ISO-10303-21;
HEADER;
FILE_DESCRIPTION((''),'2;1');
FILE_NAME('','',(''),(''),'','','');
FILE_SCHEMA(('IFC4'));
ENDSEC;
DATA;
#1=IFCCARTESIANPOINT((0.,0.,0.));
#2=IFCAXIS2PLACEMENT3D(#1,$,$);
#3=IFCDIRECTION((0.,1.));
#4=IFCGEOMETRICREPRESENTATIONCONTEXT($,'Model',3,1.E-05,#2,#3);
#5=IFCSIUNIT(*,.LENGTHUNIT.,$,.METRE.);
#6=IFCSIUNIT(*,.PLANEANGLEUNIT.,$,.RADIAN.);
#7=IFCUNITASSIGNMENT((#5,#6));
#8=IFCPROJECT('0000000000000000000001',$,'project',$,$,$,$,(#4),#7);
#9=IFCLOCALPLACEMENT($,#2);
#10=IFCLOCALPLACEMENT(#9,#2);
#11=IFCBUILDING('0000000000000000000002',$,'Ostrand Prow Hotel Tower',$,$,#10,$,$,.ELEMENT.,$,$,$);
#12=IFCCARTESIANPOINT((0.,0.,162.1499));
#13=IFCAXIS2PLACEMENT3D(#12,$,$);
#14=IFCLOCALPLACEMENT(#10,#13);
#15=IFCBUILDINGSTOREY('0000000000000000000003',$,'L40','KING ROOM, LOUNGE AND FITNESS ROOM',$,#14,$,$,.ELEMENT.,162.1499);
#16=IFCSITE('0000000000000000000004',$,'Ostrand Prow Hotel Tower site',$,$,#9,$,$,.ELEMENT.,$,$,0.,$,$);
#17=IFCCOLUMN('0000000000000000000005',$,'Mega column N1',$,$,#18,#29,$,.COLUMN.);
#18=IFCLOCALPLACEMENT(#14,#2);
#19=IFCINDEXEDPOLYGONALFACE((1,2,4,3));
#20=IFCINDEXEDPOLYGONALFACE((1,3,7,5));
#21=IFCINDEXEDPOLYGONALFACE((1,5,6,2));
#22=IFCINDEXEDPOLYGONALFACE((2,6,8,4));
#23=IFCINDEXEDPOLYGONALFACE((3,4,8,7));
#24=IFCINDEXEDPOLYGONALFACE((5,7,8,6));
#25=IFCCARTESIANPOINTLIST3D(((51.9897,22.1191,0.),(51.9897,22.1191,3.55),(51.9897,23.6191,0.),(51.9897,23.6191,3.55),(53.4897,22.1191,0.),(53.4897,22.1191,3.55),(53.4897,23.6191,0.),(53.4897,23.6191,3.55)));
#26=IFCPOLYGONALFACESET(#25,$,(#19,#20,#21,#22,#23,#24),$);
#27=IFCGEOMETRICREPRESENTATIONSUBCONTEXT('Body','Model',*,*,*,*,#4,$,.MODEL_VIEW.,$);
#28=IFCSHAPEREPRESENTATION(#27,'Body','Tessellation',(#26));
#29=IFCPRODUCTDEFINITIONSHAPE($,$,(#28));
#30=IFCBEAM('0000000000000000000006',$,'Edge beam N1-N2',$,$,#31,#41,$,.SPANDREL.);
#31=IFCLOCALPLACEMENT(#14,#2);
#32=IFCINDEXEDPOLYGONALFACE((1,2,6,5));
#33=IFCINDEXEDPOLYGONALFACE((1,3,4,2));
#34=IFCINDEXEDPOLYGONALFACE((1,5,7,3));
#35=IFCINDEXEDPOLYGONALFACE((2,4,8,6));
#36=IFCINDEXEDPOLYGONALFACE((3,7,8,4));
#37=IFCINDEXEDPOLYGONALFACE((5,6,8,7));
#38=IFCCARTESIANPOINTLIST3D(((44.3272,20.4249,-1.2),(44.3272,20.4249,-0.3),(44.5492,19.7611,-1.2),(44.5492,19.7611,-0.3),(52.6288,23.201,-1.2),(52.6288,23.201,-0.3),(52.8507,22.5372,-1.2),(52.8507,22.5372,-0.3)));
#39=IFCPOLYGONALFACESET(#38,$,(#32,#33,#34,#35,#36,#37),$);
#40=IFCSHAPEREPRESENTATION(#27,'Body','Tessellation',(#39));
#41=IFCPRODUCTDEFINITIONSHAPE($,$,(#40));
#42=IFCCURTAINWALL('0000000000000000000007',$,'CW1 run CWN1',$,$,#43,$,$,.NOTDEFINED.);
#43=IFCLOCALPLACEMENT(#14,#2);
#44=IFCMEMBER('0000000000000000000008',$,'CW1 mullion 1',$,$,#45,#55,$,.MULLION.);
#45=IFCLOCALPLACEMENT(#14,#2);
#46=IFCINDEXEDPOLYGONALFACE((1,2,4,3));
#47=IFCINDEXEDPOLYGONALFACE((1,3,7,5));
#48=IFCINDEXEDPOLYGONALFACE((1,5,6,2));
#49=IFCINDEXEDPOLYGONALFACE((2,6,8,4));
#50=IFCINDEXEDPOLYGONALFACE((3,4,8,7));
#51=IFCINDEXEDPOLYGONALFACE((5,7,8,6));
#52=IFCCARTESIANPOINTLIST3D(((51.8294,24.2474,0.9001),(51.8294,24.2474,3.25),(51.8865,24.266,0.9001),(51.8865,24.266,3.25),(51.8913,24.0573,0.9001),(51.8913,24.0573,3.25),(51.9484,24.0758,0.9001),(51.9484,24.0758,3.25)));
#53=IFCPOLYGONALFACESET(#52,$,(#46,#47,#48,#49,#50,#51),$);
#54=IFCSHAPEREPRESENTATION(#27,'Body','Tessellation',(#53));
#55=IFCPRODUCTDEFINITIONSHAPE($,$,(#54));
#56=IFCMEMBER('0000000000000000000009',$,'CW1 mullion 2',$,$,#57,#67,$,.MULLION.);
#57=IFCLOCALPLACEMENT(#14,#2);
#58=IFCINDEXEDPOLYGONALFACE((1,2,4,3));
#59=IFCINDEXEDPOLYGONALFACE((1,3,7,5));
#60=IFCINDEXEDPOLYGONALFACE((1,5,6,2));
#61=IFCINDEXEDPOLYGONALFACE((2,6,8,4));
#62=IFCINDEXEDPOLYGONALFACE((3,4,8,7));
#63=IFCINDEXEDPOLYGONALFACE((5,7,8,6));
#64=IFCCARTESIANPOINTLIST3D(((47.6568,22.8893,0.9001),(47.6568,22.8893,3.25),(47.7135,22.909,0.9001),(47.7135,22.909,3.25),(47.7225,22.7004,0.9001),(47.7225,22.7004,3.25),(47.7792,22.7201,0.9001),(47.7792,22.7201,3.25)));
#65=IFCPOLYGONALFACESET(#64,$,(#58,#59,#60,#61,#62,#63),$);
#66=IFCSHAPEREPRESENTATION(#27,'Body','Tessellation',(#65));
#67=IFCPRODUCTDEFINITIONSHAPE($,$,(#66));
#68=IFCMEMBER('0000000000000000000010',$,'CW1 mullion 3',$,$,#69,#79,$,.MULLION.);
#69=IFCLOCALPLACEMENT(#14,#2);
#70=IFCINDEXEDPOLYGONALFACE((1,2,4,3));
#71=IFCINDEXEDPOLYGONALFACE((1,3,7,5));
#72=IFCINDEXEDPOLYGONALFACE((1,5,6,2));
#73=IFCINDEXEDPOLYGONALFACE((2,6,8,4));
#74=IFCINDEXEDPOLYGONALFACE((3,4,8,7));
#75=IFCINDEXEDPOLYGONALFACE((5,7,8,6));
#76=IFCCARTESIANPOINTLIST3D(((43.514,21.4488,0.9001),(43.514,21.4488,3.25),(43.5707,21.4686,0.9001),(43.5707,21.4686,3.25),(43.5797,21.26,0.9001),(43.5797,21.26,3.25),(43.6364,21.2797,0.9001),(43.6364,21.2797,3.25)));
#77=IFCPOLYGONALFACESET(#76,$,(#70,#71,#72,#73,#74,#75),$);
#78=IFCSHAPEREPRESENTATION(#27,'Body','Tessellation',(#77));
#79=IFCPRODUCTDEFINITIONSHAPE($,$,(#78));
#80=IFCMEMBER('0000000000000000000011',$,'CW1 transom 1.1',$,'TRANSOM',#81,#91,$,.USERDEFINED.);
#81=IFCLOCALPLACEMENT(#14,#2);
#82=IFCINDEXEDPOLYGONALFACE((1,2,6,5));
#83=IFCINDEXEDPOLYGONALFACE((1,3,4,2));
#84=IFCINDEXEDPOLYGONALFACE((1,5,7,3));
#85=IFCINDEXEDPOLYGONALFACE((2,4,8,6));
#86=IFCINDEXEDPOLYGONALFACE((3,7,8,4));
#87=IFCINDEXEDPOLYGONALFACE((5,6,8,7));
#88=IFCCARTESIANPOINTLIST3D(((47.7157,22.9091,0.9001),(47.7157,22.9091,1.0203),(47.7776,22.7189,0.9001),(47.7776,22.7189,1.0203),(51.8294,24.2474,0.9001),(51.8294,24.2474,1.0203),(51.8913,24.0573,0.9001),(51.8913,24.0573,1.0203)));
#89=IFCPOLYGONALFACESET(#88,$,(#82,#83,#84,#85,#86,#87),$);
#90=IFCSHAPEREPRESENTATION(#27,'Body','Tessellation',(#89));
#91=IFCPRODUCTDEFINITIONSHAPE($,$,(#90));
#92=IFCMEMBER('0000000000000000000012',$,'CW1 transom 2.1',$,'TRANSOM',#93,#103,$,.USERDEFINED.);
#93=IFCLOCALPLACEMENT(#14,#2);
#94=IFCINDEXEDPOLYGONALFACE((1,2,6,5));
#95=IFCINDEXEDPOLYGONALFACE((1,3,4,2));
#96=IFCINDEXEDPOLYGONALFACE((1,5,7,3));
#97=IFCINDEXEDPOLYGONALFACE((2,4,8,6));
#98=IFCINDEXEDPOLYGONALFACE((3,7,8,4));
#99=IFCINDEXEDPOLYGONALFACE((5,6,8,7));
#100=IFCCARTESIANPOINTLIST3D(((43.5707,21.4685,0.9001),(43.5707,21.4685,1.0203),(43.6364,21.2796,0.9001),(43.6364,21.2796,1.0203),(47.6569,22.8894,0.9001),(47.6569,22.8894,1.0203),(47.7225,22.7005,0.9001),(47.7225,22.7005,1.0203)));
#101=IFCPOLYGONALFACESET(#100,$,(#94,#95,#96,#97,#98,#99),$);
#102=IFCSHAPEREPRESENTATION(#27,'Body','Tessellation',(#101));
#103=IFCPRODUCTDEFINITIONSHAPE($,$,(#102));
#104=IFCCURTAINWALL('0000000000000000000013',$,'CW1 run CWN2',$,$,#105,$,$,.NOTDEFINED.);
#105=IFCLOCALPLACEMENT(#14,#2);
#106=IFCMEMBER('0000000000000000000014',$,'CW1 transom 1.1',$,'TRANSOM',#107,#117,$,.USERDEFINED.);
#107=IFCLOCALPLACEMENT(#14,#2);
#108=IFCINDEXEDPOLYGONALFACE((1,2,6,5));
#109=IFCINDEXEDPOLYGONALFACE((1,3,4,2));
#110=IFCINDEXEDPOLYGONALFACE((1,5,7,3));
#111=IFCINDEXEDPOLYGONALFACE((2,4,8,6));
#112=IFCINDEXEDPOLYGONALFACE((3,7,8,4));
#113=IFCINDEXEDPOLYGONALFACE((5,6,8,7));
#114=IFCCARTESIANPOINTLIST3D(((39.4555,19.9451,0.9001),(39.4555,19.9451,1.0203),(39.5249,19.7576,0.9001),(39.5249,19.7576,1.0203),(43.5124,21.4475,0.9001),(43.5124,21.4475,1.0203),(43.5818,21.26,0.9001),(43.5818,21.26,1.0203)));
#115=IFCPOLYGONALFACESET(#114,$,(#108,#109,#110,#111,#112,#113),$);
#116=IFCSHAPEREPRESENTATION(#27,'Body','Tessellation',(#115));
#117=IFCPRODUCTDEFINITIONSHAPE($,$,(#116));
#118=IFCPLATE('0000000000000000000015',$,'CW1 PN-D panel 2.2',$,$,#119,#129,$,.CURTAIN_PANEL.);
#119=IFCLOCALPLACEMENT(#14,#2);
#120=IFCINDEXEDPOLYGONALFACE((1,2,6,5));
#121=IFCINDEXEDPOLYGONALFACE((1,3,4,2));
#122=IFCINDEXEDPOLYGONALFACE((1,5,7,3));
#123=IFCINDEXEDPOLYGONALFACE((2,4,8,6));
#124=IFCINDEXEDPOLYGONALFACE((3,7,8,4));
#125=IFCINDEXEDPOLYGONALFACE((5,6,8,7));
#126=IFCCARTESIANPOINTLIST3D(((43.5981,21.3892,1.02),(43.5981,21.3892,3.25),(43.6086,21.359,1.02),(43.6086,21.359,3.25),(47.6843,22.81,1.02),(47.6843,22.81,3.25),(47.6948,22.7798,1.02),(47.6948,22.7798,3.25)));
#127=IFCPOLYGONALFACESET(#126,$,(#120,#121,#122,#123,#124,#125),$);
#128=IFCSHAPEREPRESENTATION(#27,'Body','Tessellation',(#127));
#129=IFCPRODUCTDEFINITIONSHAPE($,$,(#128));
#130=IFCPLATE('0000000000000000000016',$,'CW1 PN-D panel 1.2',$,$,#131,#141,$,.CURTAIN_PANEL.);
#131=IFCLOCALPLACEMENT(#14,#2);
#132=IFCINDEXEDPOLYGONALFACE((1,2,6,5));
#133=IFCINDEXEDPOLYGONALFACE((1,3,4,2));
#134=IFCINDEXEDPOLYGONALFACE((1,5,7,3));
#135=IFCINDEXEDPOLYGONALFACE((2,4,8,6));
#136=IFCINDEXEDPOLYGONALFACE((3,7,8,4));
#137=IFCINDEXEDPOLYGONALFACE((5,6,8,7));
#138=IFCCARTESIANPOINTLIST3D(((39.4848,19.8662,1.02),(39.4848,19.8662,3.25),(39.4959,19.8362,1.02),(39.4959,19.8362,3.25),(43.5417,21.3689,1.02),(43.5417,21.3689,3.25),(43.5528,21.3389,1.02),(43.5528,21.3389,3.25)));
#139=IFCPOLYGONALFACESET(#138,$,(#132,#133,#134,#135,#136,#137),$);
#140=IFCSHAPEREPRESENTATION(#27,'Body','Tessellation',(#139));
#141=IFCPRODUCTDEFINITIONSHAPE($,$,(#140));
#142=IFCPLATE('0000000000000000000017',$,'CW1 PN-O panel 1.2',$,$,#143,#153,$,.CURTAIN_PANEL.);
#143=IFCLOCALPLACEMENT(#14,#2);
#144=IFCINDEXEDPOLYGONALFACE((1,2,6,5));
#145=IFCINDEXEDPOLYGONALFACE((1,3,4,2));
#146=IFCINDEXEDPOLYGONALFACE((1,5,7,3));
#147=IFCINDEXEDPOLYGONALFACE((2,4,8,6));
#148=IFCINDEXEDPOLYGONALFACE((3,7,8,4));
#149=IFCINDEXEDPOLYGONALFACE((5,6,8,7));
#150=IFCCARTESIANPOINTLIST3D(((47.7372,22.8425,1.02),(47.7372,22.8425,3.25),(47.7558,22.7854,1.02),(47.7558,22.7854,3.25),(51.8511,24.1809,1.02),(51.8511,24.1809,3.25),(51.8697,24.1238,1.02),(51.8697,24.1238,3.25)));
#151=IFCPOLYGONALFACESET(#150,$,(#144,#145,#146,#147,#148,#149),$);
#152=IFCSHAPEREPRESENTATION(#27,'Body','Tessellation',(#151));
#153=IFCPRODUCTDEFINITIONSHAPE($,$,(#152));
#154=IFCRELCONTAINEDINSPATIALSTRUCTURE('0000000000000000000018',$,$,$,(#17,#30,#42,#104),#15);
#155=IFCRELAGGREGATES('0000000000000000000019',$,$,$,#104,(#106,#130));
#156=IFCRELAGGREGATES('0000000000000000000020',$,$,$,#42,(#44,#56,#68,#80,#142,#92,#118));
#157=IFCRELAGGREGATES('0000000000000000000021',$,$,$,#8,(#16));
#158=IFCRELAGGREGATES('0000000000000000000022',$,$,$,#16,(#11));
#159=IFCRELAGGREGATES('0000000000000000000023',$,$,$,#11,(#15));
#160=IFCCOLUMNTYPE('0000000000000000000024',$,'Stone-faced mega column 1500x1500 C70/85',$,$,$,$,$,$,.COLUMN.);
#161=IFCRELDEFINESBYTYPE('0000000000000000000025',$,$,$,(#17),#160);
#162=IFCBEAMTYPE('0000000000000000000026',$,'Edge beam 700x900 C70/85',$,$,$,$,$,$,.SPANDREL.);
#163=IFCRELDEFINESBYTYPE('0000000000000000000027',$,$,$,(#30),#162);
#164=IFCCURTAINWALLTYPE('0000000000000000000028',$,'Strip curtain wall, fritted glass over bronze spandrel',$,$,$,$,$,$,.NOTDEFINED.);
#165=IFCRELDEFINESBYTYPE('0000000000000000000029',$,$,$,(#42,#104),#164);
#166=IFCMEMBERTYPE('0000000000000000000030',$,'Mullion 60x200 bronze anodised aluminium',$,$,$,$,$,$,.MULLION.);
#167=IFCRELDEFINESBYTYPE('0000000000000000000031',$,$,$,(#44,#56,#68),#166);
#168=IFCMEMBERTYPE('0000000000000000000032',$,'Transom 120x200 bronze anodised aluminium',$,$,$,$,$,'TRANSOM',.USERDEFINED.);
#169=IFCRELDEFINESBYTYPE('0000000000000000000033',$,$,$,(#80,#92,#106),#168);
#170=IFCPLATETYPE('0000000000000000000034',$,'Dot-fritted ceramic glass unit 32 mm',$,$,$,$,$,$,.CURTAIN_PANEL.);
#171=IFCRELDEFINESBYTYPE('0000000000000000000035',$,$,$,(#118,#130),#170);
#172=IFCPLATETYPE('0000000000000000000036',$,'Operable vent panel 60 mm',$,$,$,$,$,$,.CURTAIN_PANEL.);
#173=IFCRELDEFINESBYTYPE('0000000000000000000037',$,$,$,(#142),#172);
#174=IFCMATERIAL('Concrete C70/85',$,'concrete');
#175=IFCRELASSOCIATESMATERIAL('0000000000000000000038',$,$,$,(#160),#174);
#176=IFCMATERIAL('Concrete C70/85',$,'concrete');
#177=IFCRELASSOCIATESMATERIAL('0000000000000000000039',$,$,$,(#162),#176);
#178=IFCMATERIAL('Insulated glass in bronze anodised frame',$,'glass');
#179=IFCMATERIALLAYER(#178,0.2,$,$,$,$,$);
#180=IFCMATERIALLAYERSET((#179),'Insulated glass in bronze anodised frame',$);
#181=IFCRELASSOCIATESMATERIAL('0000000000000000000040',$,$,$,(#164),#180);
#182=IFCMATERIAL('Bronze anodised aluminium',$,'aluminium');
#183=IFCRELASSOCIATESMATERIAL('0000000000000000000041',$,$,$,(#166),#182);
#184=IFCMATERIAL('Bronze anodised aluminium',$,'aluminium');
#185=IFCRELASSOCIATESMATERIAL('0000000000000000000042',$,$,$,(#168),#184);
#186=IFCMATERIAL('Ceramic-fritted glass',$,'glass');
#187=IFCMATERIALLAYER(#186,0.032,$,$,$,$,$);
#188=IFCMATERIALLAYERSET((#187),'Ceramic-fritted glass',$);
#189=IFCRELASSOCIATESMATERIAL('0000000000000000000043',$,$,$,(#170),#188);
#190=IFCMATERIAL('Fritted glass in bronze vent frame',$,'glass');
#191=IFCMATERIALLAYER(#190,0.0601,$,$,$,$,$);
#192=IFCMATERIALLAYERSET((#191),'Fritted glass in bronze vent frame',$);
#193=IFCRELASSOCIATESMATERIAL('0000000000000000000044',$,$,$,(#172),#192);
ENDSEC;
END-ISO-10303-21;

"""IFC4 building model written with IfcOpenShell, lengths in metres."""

from ifc_helpers import new_model, si_unit, direction, frame, origin, origin_2d, place, context, subcontext, project, spatial, rectangle, extrude, material, layer, layer_set, material_profile, profile_set, type_object, element, aggregate, save


model = new_model("IFC4")

# Units and contexts
model_context = context("Model", 3, precision=1e-05, world=origin(), true_north=direction((0.0, 1.0)))
body_context = subcontext(model_context, "Body", "Model", "MODEL_VIEW")
ifc_project = project(units=[si_unit("LENGTHUNIT", "METRE"), si_unit("PLANEANGLEUNIT", "RADIAN")], contexts=[model_context])

# Site, building, storey
site_placement = place(None, origin())
site = spatial("IfcSite", under=ifc_project, at=site_placement, Name="Ostrand Prow Hotel Tower site", CompositionType="ELEMENT", RefElevation=0.0)
building_placement = place(site_placement, origin())
building = spatial("IfcBuilding", under=site, at=building_placement, Name="Ostrand Prow Hotel Tower", CompositionType="ELEMENT")
storey_placement = place(building_placement, frame((0.0, 0.0, 162.1499)))
storey = spatial("IfcBuildingStorey", under=building, at=storey_placement, Name="L40", Description="KING ROOM, LOUNGE AND FITNESS ROOM", CompositionType="ELEMENT", Elevation=162.1499)

# Column
ifc_material_1 = material(Name="Concrete C70/85", Category="concrete")
ifc_material_profile_1 = material_profile(ifc_material_1, rectangle(XDim=1.5, YDim=1.5, at=origin_2d()), Name="RC 1500x1500")
ifc_profile_set_1 = profile_set([ifc_material_profile_1], Name="Concrete C70/85")
column_type = type_object("IfcColumnType", Name="Stone-faced mega column 1500x1500 C70/85", PredefinedType="COLUMN", material=ifc_profile_set_1)
column_placement = place(storey_placement, frame((52.7397, 22.8691, 0.0), z_axis=(0.0, 0.0, 1.0), x_axis=(1.0, 0.0, 0.0)))
element("IfcColumn", 1, at=column_placement, inside=storey, type_object=column_type, Name="Mega column N1", PredefinedType="COLUMN", context=body_context, shape_type="SweptSolid", body=[
    extrude(rectangle(XDim=1.5, YDim=1.5, at=origin_2d()), origin(), (0.0, 0.0, 1.0), 3.55),
])

# Beam
ifc_material_2 = material(Name="Concrete C70/85", Category="concrete")
ifc_material_profile_2 = material_profile(ifc_material_2, rectangle(XDim=0.7, YDim=0.8999, at=origin_2d()), Name="RC 700x900")
ifc_profile_set_2 = profile_set([ifc_material_profile_2], Name="Concrete C70/85")
beam_type = type_object("IfcBeamType", Name="Edge beam 700x900 C70/85", PredefinedType="SPANDREL", material=ifc_profile_set_2)
beam_placement = place(storey_placement, frame((52.7397, 22.8691, -0.75), z_axis=(-0.948376, -0.317148, 0.0), x_axis=(0.317148, -0.948376, 0.0)))
element("IfcBeam", 2, at=beam_placement, inside=storey, type_object=beam_type, Name="Edge beam N1-N2", PredefinedType="SPANDREL", context=body_context, shape_type="SweptSolid", body=[
    extrude(rectangle(XDim=0.7, YDim=0.8999, at=origin_2d()), origin(), (0.0, 0.0, 1.0), 8.7534),
])

# Curtain wall, members
ifc_material_3 = material(Name="Insulated glass in bronze anodised frame", Category="glass")
ifc_layer_1 = layer(ifc_material_3, 0.2)
ifc_layer_set_1 = layer_set([ifc_layer_1], Name="Insulated glass in bronze anodised frame")
curtain_wall_type = type_object("IfcCurtainWallType", Name="Strip curtain wall, fritted glass over bronze spandrel", PredefinedType="NOTDEFINED", material=ifc_layer_set_1)
curtain_wall_1_placement = place(storey_placement, origin())
curtain_wall_1 = element("IfcCurtainWall", 3, at=curtain_wall_1_placement, inside=storey, type_object=curtain_wall_type, Name="CW1 run CWN1", PredefinedType="NOTDEFINED")
ifc_material_4 = material(Name="Bronze anodised aluminium", Category="aluminium")
ifc_material_profile_3 = material_profile(ifc_material_4, rectangle(XDim=0.2, YDim=0.0601, at=origin_2d()), Name="Mullion 60x200 bronze anodised aluminium")
ifc_profile_set_3 = profile_set([ifc_material_profile_3], Name="Bronze anodised aluminium")
member_type_1 = type_object("IfcMemberType", Name="Mullion 60x200 bronze anodised aluminium", PredefinedType="MULLION", material=ifc_profile_set_3)
member_1_placement = place(storey_placement, frame((51.8889, 24.1616, 0.9001), z_axis=(0.0, 0.0, 1.0), x_axis=(0.30938, -0.950938, 0.0)))
member_1 = element("IfcMember", 4, at=member_1_placement, type_object=member_type_1, Name="CW1 mullion 1", PredefinedType="MULLION", context=body_context, shape_type="SweptSolid", body=[
    extrude(rectangle(XDim=0.2, YDim=0.0601, at=origin_2d()), origin(), (0.0, 0.0, 1.0), 2.3499),
])
member_2_placement = place(storey_placement, frame((47.718, 22.8047, 0.9001), z_axis=(0.0, 0.0, 1.0), x_axis=(0.328428, -0.944529, 0.0)))
member_2 = element("IfcMember", 5, at=member_2_placement, type_object=member_type_1, Name="CW1 mullion 2", PredefinedType="MULLION", context=body_context, shape_type="SweptSolid", body=[
    extrude(rectangle(XDim=0.2, YDim=0.0601, at=origin_2d()), origin(), (0.0, 0.0, 1.0), 2.3499),
])
member_3_placement = place(storey_placement, frame((43.5752, 21.3643, 0.9001), z_axis=(0.0, 0.0, 1.0), x_axis=(0.328428, -0.944529, 0.0)))
member_3 = element("IfcMember", 6, at=member_3_placement, type_object=member_type_1, Name="CW1 mullion 3", PredefinedType="MULLION", context=body_context, shape_type="SweptSolid", body=[
    extrude(rectangle(XDim=0.2, YDim=0.0601, at=origin_2d()), origin(), (0.0, 0.0, 1.0), 2.3499),
])
ifc_material_5 = material(Name="Bronze anodised aluminium", Category="aluminium")
ifc_material_profile_4 = material_profile(ifc_material_5, rectangle(XDim=0.2, YDim=0.1201, at=origin_2d()), Name="Transom 120x200 bronze anodised aluminium")
ifc_profile_set_4 = profile_set([ifc_material_profile_4], Name="Bronze anodised aluminium")
member_type_2 = type_object("IfcMemberType", Name="Transom 120x200 bronze anodised aluminium", ElementType="TRANSOM", PredefinedType="USERDEFINED", material=ifc_profile_set_4)
member_4_placement = place(storey_placement, frame((51.8604, 24.1523, 0.9602), z_axis=(-0.950939, -0.30938, 0.0), x_axis=(0.30938, -0.950939, 0.0)))
member_4 = element("IfcMember", 7, at=member_4_placement, type_object=member_type_2, Name="CW1 transom 1.1", ObjectType="TRANSOM", PredefinedType="USERDEFINED", context=body_context, shape_type="SweptSolid", body=[
    extrude(rectangle(XDim=0.2, YDim=0.1201, at=origin_2d()), origin(), (0.0, 0.0, 1.0), 4.3259),
])
member_5_placement = place(storey_placement, frame((47.6897, 22.7949, 0.9602), z_axis=(-0.944524, -0.328442, 0.0), x_axis=(0.328442, -0.944524, 0.0)))
member_5 = element("IfcMember", 8, at=member_5_placement, type_object=member_type_2, Name="CW1 transom 2.1", ObjectType="TRANSOM", PredefinedType="USERDEFINED", context=body_context, shape_type="SweptSolid", body=[
    extrude(rectangle(XDim=0.2, YDim=0.1201, at=origin_2d()), origin(), (0.0, 0.0, 1.0), 4.3262),
])

# Curtain wall, member
curtain_wall_2_placement = place(storey_placement, origin())
curtain_wall_2 = element("IfcCurtainWall", 9, at=curtain_wall_2_placement, inside=storey, type_object=curtain_wall_type, Name="CW1 run CWN2", PredefinedType="NOTDEFINED")
member_6_placement = place(storey_placement, frame((43.5471, 21.3538, 0.9602), z_axis=(-0.937757, -0.347292, 0.0), x_axis=(0.347292, -0.937757, 0.0)))
member_6 = element("IfcMember", 10, at=member_6_placement, type_object=member_type_2, Name="CW1 transom 1.1", ObjectType="TRANSOM", PredefinedType="USERDEFINED", context=body_context, shape_type="SweptSolid", body=[
    extrude(rectangle(XDim=0.2, YDim=0.1201, at=origin_2d()), origin(), (0.0, 0.0, 1.0), 4.3262),
])

# Plates
ifc_material_6 = material(Name="Ceramic-fritted glass", Category="glass")
ifc_layer_2 = layer(ifc_material_6, 0.032)
ifc_layer_set_2 = layer_set([ifc_layer_2], Name="Ceramic-fritted glass")
plate_type_1 = type_object("IfcPlateType", Name="Dot-fritted ceramic glass unit 32 mm", PredefinedType="CURTAIN_PANEL", material=ifc_layer_set_2)
plate_1_placement = place(storey_placement, frame((45.6465, 22.0845, 1.02), z_axis=(0.0, 0.0, 1.0), x_axis=(-0.944529, -0.328428, 0.0)))
plate_1 = element("IfcPlate", 11, at=plate_1_placement, type_object=plate_type_1, Name="CW1 PN-D panel 2.2", PredefinedType="CURTAIN_PANEL", context=body_context, shape_type="SweptSolid", body=[
    extrude(rectangle(XDim=4.3262, YDim=0.032, at=origin_2d()), origin(), (0.0, 0.0, 1.0), 2.23),
])
plate_2_placement = place(storey_placement, frame((41.5188, 20.6025, 1.02), z_axis=(0.0, 0.0, 1.0), x_axis=(-0.937739, -0.347342, 0.0)))
plate_2 = element("IfcPlate", 12, at=plate_2_placement, type_object=plate_type_1, Name="CW1 PN-D panel 1.2", PredefinedType="CURTAIN_PANEL", context=body_context, shape_type="SweptSolid", body=[
    extrude(rectangle(XDim=4.3262, YDim=0.032, at=origin_2d()), origin(), (0.0, 0.0, 1.0), 2.23),
])
aggregate(curtain_wall_2, [member_6, plate_2])
ifc_material_7 = material(Name="Fritted glass in bronze vent frame", Category="glass")
ifc_layer_3 = layer(ifc_material_7, 0.0601)
ifc_layer_set_3 = layer_set([ifc_layer_3], Name="Fritted glass in bronze vent frame")
plate_type_2 = type_object("IfcPlateType", Name="Operable vent panel 60 mm", PredefinedType="CURTAIN_PANEL", material=ifc_layer_set_3)
plate_3_placement = place(storey_placement, frame((49.8035, 23.4832, 1.02), z_axis=(0.0, 0.0, 1.0), x_axis=(-0.950938, -0.30938, 0.0)))
plate_3 = element("IfcPlate", 13, at=plate_3_placement, type_object=plate_type_2, Name="CW1 PN-O panel 1.2", PredefinedType="CURTAIN_PANEL", context=body_context, shape_type="SweptSolid", body=[
    extrude(rectangle(XDim=4.3262, YDim=0.0601, at=origin_2d()), origin(), (0.0, 0.0, 1.0), 2.23),
])
aggregate(curtain_wall_1, [member_1, member_2, member_3, member_4, plate_3, member_5, plate_1])

save(model, "model.ifc")
